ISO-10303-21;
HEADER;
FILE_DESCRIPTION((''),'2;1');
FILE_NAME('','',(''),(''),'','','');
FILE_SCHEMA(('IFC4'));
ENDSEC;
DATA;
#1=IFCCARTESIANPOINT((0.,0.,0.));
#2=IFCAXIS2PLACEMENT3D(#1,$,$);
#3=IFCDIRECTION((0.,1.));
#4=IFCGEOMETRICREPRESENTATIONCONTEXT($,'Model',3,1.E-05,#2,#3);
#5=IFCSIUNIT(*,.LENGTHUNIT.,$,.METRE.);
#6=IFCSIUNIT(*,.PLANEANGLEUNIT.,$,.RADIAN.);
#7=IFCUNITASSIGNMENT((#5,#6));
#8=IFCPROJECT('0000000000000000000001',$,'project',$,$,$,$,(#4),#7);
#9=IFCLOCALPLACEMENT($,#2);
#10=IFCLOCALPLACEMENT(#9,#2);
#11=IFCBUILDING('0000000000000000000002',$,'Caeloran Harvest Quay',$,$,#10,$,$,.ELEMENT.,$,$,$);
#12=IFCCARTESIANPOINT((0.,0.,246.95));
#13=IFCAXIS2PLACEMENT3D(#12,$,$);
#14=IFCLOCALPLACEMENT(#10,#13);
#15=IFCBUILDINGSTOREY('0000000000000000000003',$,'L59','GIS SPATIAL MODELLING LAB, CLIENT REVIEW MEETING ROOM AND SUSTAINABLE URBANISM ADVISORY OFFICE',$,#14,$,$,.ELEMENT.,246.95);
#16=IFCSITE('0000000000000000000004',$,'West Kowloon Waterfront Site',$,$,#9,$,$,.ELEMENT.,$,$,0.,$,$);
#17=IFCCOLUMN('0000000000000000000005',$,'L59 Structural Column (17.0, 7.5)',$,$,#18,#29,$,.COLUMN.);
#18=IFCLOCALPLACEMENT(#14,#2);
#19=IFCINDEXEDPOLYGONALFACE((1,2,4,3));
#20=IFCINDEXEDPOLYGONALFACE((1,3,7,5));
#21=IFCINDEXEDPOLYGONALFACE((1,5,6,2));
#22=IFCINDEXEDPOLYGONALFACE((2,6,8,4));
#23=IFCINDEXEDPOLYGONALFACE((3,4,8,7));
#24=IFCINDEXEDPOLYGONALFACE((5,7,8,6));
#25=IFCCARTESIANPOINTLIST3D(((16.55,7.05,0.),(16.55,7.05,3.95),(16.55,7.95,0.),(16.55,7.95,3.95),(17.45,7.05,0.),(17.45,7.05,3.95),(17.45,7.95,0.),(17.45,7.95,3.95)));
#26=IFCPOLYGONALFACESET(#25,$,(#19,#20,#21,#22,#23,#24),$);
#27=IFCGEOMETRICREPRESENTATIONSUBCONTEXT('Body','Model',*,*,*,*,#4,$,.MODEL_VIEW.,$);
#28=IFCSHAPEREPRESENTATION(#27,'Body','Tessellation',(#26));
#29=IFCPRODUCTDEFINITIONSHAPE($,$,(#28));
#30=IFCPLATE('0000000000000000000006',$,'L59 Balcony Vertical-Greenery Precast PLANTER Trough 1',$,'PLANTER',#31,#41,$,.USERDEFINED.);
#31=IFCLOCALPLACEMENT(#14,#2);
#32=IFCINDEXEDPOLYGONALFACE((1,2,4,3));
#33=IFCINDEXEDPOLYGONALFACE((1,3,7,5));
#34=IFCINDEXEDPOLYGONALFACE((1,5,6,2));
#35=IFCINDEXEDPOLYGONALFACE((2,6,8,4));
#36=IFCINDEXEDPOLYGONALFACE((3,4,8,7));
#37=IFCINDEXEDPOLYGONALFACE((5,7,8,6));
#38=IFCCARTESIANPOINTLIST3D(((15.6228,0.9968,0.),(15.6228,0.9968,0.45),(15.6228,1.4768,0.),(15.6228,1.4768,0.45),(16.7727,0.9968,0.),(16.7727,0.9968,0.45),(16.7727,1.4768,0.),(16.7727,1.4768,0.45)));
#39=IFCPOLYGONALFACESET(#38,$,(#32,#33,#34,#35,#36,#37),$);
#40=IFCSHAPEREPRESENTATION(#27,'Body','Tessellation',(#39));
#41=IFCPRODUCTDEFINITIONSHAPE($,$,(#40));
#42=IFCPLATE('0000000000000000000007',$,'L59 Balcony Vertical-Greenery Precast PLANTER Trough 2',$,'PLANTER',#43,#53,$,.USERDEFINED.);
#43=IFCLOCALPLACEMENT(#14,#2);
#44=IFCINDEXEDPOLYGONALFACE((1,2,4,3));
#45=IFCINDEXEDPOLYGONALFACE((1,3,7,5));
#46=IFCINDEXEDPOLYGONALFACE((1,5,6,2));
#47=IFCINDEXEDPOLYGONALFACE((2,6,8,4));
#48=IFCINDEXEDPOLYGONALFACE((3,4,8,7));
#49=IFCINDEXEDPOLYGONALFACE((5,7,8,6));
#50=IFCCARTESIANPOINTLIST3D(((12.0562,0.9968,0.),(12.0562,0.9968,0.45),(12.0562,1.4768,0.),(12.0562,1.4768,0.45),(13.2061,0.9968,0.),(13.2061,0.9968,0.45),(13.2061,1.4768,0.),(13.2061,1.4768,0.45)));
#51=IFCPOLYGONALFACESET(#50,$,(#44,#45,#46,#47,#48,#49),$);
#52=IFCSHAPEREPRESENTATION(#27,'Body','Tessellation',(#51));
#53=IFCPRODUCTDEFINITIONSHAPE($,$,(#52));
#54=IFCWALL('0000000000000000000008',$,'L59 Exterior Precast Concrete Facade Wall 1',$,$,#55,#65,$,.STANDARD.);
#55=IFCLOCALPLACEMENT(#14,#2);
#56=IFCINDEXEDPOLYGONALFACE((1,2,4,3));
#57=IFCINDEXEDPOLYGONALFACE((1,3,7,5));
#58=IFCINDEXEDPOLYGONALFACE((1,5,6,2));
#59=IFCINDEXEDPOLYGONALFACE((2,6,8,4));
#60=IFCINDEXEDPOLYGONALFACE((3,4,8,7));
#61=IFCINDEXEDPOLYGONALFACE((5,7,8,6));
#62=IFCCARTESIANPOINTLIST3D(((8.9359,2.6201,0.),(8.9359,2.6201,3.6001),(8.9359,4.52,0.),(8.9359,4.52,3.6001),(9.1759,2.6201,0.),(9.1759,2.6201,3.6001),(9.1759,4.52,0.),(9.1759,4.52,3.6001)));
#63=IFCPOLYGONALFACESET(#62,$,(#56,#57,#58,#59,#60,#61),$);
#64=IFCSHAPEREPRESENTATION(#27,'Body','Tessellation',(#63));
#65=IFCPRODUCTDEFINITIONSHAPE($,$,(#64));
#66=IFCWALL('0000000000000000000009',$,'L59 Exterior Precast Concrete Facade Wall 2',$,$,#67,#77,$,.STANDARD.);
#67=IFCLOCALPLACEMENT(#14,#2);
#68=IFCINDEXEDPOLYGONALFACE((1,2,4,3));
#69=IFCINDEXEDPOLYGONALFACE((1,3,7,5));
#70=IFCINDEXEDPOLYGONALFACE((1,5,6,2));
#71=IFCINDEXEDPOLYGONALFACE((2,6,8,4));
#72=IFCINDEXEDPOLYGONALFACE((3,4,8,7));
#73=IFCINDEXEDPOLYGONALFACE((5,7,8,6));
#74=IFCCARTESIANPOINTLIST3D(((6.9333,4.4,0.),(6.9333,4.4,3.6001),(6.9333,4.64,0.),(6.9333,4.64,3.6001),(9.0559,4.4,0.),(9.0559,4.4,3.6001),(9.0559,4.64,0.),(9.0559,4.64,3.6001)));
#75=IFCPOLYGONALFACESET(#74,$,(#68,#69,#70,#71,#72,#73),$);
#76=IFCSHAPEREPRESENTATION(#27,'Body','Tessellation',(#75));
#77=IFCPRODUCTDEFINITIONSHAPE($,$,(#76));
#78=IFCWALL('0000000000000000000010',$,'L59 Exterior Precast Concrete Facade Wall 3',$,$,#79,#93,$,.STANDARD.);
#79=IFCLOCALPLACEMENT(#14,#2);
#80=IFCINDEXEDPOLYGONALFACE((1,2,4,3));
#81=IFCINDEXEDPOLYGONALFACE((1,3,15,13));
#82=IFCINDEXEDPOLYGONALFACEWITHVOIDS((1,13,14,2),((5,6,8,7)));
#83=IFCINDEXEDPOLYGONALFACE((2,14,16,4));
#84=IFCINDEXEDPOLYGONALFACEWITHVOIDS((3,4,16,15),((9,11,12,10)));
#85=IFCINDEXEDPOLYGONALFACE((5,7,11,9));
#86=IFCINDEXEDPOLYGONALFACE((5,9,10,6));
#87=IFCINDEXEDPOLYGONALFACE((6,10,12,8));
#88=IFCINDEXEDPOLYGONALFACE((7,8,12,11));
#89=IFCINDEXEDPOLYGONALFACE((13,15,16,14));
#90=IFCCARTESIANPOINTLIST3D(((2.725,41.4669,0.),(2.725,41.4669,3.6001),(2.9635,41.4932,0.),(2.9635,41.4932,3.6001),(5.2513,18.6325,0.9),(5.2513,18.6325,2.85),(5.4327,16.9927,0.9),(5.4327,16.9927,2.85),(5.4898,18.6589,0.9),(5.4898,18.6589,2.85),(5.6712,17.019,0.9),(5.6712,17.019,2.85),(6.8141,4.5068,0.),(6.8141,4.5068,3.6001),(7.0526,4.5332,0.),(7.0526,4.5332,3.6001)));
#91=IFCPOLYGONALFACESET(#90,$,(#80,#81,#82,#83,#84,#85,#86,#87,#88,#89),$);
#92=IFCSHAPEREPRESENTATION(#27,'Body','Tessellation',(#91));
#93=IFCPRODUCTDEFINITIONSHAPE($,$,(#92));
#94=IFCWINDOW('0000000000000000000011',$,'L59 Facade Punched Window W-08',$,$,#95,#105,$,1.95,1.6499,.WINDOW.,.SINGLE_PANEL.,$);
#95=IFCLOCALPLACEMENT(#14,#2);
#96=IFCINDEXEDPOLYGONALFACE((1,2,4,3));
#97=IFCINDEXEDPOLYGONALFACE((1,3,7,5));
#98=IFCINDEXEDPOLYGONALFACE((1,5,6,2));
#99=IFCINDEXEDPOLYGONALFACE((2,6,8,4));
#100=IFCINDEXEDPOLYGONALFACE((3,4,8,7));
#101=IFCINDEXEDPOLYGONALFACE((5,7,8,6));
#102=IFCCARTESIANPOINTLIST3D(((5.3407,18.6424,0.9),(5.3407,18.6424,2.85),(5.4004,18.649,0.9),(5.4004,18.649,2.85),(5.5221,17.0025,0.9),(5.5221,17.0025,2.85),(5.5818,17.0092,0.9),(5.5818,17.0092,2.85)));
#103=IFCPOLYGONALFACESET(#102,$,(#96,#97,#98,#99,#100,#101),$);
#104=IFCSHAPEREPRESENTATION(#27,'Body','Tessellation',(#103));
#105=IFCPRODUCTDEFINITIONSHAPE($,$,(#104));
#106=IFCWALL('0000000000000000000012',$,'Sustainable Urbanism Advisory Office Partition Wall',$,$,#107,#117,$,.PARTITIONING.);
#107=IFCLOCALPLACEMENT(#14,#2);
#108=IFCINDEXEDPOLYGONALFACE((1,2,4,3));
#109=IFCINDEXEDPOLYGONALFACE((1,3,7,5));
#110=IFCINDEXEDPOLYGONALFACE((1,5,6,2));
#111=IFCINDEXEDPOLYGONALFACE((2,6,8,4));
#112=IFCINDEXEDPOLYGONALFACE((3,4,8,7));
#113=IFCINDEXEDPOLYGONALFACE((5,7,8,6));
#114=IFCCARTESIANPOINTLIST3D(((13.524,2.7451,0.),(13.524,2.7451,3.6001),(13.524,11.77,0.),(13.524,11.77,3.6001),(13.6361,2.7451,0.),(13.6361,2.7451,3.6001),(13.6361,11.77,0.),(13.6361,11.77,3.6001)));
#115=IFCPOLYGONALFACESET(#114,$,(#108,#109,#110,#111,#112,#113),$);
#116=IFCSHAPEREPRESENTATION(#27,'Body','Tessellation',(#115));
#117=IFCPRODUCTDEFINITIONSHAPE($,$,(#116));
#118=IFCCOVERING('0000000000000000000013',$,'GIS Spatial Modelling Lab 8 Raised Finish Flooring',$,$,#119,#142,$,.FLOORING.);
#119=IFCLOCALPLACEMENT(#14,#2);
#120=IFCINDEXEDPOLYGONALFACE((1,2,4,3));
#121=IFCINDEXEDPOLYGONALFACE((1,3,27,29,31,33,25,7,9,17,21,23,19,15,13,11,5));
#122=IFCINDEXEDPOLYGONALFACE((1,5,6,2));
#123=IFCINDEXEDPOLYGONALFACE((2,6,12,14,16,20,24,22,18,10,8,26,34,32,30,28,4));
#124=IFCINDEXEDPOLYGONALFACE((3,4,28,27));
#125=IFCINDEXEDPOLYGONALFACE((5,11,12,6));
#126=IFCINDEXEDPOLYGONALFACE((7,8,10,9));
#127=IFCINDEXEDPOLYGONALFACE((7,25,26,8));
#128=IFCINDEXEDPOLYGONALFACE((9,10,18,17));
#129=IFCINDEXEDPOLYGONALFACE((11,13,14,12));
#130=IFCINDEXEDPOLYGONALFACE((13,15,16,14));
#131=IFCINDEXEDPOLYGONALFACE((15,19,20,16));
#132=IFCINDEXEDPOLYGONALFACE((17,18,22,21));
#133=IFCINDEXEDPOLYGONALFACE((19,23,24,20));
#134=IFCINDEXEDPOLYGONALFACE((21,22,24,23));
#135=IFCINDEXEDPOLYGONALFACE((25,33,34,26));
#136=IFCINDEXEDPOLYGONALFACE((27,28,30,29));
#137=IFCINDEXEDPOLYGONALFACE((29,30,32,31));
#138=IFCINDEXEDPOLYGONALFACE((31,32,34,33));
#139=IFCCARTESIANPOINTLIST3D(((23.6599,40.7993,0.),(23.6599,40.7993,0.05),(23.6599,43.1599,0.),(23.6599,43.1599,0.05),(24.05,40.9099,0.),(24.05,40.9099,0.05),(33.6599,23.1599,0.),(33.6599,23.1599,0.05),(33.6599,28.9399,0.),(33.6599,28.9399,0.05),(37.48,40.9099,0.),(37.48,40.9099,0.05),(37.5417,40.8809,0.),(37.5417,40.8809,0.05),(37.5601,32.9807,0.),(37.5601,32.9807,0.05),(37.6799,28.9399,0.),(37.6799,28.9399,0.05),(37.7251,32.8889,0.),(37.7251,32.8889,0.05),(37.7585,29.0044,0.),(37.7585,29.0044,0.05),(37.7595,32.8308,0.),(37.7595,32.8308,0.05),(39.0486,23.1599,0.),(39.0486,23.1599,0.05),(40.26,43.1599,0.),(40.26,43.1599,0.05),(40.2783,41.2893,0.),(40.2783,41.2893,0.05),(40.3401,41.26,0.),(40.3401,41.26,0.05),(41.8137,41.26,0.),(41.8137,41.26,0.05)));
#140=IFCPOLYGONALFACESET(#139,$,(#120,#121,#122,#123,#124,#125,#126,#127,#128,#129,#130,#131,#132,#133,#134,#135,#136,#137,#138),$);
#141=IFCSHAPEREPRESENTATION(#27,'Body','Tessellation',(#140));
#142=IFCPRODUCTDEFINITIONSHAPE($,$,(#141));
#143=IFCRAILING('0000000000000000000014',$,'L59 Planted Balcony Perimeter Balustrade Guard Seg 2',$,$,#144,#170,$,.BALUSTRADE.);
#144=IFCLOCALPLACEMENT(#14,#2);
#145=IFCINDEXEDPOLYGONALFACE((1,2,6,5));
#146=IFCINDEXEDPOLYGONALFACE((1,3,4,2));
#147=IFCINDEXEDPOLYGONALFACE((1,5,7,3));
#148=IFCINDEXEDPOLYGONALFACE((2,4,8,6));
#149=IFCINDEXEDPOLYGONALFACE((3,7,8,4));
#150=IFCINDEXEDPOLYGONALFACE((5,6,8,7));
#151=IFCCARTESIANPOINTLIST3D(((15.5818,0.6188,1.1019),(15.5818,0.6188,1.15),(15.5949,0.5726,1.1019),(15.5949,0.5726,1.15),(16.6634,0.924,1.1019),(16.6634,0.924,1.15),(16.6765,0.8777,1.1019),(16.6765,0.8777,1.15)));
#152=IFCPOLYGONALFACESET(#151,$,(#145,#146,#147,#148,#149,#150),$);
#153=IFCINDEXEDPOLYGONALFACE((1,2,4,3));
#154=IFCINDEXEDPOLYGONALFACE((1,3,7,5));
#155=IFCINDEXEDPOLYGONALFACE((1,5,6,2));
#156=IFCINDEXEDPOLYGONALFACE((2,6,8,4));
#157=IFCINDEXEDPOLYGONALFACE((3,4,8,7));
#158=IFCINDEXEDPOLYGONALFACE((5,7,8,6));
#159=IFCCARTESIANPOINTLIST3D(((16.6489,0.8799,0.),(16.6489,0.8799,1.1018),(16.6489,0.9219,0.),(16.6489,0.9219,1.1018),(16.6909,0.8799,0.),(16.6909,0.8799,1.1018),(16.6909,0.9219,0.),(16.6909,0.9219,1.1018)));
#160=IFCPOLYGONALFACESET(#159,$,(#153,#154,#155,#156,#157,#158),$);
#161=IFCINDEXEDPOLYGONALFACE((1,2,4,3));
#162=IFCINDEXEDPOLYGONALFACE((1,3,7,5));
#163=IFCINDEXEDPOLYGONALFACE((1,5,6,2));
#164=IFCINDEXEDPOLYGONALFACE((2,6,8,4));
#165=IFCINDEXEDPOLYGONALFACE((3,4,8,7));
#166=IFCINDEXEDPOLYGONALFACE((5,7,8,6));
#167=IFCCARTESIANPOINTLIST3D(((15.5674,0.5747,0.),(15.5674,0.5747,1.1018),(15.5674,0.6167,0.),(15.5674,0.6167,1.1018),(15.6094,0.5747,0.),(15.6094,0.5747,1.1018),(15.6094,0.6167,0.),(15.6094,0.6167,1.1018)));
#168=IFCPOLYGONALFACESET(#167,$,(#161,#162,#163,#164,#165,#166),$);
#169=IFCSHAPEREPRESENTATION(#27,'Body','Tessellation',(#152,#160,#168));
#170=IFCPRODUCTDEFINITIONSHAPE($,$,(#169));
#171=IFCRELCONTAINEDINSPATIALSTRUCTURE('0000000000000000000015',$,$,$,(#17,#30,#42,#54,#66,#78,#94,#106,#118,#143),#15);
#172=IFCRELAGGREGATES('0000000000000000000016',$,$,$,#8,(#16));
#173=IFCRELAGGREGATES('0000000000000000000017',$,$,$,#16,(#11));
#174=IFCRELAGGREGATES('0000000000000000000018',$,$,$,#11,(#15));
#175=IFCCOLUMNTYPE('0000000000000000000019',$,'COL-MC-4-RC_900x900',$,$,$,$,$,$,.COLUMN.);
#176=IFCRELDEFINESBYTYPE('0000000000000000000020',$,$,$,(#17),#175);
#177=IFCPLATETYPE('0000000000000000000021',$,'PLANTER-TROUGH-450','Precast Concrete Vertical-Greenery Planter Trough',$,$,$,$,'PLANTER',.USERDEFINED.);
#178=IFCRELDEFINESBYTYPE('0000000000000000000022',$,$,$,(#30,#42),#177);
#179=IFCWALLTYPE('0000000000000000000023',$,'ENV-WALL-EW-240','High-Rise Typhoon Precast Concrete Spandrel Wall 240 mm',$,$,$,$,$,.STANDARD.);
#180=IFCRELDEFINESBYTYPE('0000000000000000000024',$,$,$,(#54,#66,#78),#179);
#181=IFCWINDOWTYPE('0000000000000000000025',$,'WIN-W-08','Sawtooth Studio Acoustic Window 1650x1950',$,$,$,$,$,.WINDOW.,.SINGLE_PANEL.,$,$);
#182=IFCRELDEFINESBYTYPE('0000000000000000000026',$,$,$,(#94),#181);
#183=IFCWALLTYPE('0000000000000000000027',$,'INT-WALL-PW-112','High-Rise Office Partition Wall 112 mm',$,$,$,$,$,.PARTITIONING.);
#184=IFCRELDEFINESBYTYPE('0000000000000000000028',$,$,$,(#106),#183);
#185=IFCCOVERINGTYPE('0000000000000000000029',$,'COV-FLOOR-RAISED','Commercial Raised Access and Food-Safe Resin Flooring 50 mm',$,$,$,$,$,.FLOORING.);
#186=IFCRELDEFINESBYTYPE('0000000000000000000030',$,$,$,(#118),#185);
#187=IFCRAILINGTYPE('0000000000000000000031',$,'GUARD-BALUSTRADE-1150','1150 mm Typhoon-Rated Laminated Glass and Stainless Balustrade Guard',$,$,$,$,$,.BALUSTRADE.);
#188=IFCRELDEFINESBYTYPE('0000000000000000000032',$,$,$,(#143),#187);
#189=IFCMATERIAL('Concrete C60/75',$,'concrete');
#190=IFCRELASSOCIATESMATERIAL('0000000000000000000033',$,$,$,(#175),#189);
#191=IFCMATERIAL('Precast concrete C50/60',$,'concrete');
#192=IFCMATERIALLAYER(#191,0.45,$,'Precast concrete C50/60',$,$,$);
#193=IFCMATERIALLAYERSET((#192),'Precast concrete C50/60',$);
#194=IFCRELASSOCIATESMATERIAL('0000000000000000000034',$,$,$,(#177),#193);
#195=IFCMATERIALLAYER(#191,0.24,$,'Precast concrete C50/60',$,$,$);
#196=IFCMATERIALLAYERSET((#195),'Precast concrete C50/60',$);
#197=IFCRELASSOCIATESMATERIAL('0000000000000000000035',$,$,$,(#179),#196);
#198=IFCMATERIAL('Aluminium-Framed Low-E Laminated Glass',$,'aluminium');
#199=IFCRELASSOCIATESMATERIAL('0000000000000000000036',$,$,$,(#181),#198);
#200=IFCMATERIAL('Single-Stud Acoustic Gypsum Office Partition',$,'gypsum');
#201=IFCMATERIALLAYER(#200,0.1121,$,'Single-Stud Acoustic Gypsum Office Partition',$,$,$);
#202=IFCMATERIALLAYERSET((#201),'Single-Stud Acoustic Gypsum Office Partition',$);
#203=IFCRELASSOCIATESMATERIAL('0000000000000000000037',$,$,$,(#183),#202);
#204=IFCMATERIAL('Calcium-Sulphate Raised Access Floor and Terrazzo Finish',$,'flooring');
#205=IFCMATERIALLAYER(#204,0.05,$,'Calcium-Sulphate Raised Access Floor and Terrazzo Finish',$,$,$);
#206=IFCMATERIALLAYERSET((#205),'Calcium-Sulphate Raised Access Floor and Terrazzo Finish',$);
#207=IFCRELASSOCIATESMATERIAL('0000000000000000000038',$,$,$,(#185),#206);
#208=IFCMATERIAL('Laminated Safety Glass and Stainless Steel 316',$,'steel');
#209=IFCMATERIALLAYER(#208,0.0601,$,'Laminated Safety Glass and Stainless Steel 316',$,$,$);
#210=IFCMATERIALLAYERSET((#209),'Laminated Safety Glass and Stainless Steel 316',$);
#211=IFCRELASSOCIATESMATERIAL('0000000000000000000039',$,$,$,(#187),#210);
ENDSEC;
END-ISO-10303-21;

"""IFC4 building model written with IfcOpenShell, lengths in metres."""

from ifc_helpers import new_model, si_unit, direction, frame, frame_2d, origin, origin_2d, place, context, subcontext, project, spatial, polyline, rectangle, outline, extrude, material, layer, layer_set, material_profile, profile_set, type_object, element, fill, save


model = new_model("IFC4")

# Units and contexts
model_context = context("Model", 3, precision=1e-05, world=origin(), true_north=direction((0.0, 1.0)))
body_context = subcontext(model_context, "Body", "Model", "MODEL_VIEW")
ifc_project = project(units=[si_unit("LENGTHUNIT", "METRE"), si_unit("PLANEANGLEUNIT", "RADIAN")], contexts=[model_context])

# Site, building, storey
site_placement = place(None, origin())
site = spatial("IfcSite", under=ifc_project, at=site_placement, Name="West Kowloon Waterfront Site", CompositionType="ELEMENT", RefElevation=0.0)
building_placement = place(site_placement, origin())
building = spatial("IfcBuilding", under=site, at=building_placement, Name="Caeloran Harvest Quay", CompositionType="ELEMENT")
storey_placement = place(building_placement, frame((0.0, 0.0, 246.95)))
storey = spatial("IfcBuildingStorey", under=building, at=storey_placement, Name="L59", Description="GIS SPATIAL MODELLING LAB, CLIENT REVIEW MEETING ROOM AND SUSTAINABLE URBANISM ADVISORY OFFICE", CompositionType="ELEMENT", Elevation=246.95)

# Column
ifc_material_1 = material(Name="Concrete C60/75", Category="concrete")
ifc_material_profile = material_profile(ifc_material_1, rectangle(XDim=0.8999, YDim=0.8999, at=origin_2d()), Name="RC 900x900")
ifc_profile_set = profile_set([ifc_material_profile], Name="Concrete C60/75")
column_type = type_object("IfcColumnType", Name="COL-MC-4-RC_900x900", PredefinedType="COLUMN", material=ifc_profile_set)
column_placement = place(storey_placement, frame((17.0, 7.5, 0.0), z_axis=(0.0, 0.0, 1.0), x_axis=(1.0, 0.0, 0.0)))
element("IfcColumn", 1, at=column_placement, inside=storey, type_object=column_type, Name="L59 Structural Column (17.0, 7.5)", PredefinedType="COLUMN", context=body_context, shape_type="SweptSolid", body=[
    extrude(rectangle(XDim=0.8999, YDim=0.8999, at=origin_2d()), origin(), (0.0, 0.0, 1.0), 3.95),
])

# Plates
ifc_material_2 = material(Name="Precast concrete C50/60", Category="concrete")
ifc_layer_1 = layer(ifc_material_2, 0.45, Name="Precast concrete C50/60")
ifc_layer_set_1 = layer_set([ifc_layer_1], Name="Precast concrete C50/60")
plate_type = type_object("IfcPlateType", Name="PLANTER-TROUGH-450", Description="Precast Concrete Vertical-Greenery Planter Trough", ElementType="PLANTER", PredefinedType="USERDEFINED", material=ifc_layer_set_1)
for number, where, z_axis, x_axis, name in (
    (2, (16.1978, 1.2368, 0.0), (0.0, 0.0, 1.0), (1.0, 0.0, 0.0), "L59 Balcony Vertical-Greenery Precast PLANTER Trough 1"),
    (3, (12.6311, 1.2368, 0.0), (0.0, 0.0, 1.0), (1.0, 0.0, 0.0), "L59 Balcony Vertical-Greenery Precast PLANTER Trough 2"),
):
    element("IfcPlate", number, at=place(storey_placement, frame(where, z_axis=z_axis, x_axis=x_axis)), inside=storey, type_object=plate_type, Name=name, ObjectType="PLANTER", PredefinedType="USERDEFINED", context=body_context, shape_type="SweptSolid", body=[
        extrude(rectangle(XDim=1.1499, YDim=0.48, at=origin_2d()), origin(), (0.0, 0.0, 1.0), 0.45),
    ])

# Walls
ifc_layer_2 = layer(ifc_material_2, 0.24, Name="Precast concrete C50/60")
ifc_layer_set_2 = layer_set([ifc_layer_2], Name="Precast concrete C50/60")
wall_type_1 = type_object("IfcWallType", Name="ENV-WALL-EW-240", Description="High-Rise Typhoon Precast Concrete Spandrel Wall 240 mm", PredefinedType="STANDARD", material=ifc_layer_set_2)
wall_1_placement = place(storey_placement, frame((9.0559, 2.6201, 0.0), z_axis=(0.0, 0.0, 1.0), x_axis=(0.0, 1.0, 0.0)))
element("IfcWall", 4, at=wall_1_placement, inside=storey, type_object=wall_type_1, Name="L59 Exterior Precast Concrete Facade Wall 1", PredefinedType="STANDARD", context=body_context, shape_type="SweptSolid", body=[
    extrude(rectangle(XDim=1.8999, YDim=0.24, at=frame_2d((0.95, 0.0))), origin(), (0.0, 0.0, 1.0), 3.6001),
])
wall_2_placement = place(storey_placement, frame((9.0559, 4.52, 0.0), z_axis=(0.0, 0.0, 1.0), x_axis=(-1.0, 0.0, 0.0)))
element("IfcWall", 5, at=wall_2_placement, inside=storey, type_object=wall_type_1, Name="L59 Exterior Precast Concrete Facade Wall 2", PredefinedType="STANDARD", context=body_context, shape_type="SweptSolid", body=[
    extrude(rectangle(XDim=2.1226, YDim=0.24, at=frame_2d((1.0613, 0.0))), origin(), (0.0, 0.0, 1.0), 3.6001),
])

# Wall, opening, window
wall_3_placement = place(storey_placement, frame((6.9333, 4.52, 0.0), z_axis=(0.0, 0.0, 1.0), x_axis=(-0.109965, 0.993935, 0.0)))
wall_3 = element("IfcWall", 6, at=wall_3_placement, inside=storey, type_object=wall_type_1, Name="L59 Exterior Precast Concrete Facade Wall 3", PredefinedType="STANDARD", context=body_context, shape_type="SweptSolid", body=[
    extrude(rectangle(XDim=37.1855, YDim=0.24, at=frame_2d((18.5928, 0.0))), origin(), (0.0, 0.0, 1.0), 3.6001),
])
opening_placement = place(wall_3_placement, frame((12.562, 0.0, 0.8999)))
opening = element("IfcOpeningElement", 7, at=opening_placement, cuts=wall_3, PredefinedType="OPENING", context=body_context, shape_type="SweptSolid", body=[
    extrude(rectangle(XDim=1.6499, YDim=1.95, at=frame_2d((0.825, 0.9751))), frame((0.0, 0.1299, 0.0), z_axis=(0.0, -1.0, 0.0), x_axis=(1.0, 0.0, 0.0)), (0.0, 0.0, 1.0), 0.26),
])
ifc_material_3 = material(Name="Aluminium-Framed Low-E Laminated Glass", Category="aluminium")
window_type = type_object("IfcWindowType", Name="WIN-W-08", Description="Sawtooth Studio Acoustic Window 1650x1950", PartitioningType="SINGLE_PANEL", PredefinedType="WINDOW", material=ifc_material_3)
window_placement = place(opening_placement, origin())
window = element("IfcWindow", 8, at=window_placement, inside=storey, type_object=window_type, Name="L59 Facade Punched Window W-08", OverallHeight=1.95, OverallWidth=1.6499, PartitioningType="SINGLE_PANEL", PredefinedType="WINDOW", context=body_context, shape_type="SweptSolid", body=[
    extrude(rectangle(XDim=1.6499, YDim=1.95, at=frame_2d((0.825, 0.9751))), frame((0.0, 0.03, 0.0), z_axis=(0.0, -1.0, 0.0), x_axis=(1.0, 0.0, 0.0)), (0.0, 0.0, 1.0), 0.0601),
])
fill(opening, window)

# Wall
ifc_material_4 = material(Name="Single-Stud Acoustic Gypsum Office Partition", Category="gypsum")
ifc_layer_3 = layer(ifc_material_4, 0.1121, Name="Single-Stud Acoustic Gypsum Office Partition")
ifc_layer_set_3 = layer_set([ifc_layer_3], Name="Single-Stud Acoustic Gypsum Office Partition")
wall_type_2 = type_object("IfcWallType", Name="INT-WALL-PW-112", Description="High-Rise Office Partition Wall 112 mm", PredefinedType="PARTITIONING", material=ifc_layer_set_3)
wall_4_placement = place(storey_placement, frame((13.5801, 2.7451, 0.0), z_axis=(0.0, 0.0, 1.0), x_axis=(0.0, 1.0, 0.0)))
element("IfcWall", 9, at=wall_4_placement, inside=storey, type_object=wall_type_2, Name="Sustainable Urbanism Advisory Office Partition Wall", PredefinedType="PARTITIONING", context=body_context, shape_type="SweptSolid", body=[
    extrude(rectangle(XDim=9.0249, YDim=0.1121, at=frame_2d((4.5125, 0.0))), origin(), (0.0, 0.0, 1.0), 3.6001),
])

# Covering
ifc_material_5 = material(Name="Calcium-Sulphate Raised Access Floor and Terrazzo Finish", Category="flooring")
ifc_layer_4 = layer(ifc_material_5, 0.05, Name="Calcium-Sulphate Raised Access Floor and Terrazzo Finish")
ifc_layer_set_4 = layer_set([ifc_layer_4], Name="Calcium-Sulphate Raised Access Floor and Terrazzo Finish")
covering_type = type_object("IfcCoveringType", Name="COV-FLOOR-RAISED", Description="Commercial Raised Access and Food-Safe Resin Flooring 50 mm", PredefinedType="FLOORING", material=ifc_layer_set_4)
covering_placement = place(storey_placement, origin())
element("IfcCovering", 10, at=covering_placement, inside=storey, type_object=covering_type, Name="GIS Spatial Modelling Lab 8 Raised Finish Flooring", PredefinedType="FLOORING", context=body_context, shape_type="SweptSolid", body=[
    extrude(outline(polyline([(23.6599, 40.7993), (23.6599, 43.1599), (40.26, 43.1599), (40.2783, 41.2893), (40.3401, 41.26), (41.8137, 41.26), (39.0486, 23.1599), (33.6599, 23.1599), (33.6599, 28.9399), (37.6799, 28.9399), (37.7585, 29.0044), (37.7595, 32.8308), (37.7251, 32.8889), (37.5601, 32.9807), (37.5417, 40.8809), (37.48, 40.9099), (24.05, 40.9099), (23.6599, 40.7993)])), origin(), (0.0, 0.0, 1.0), 0.05),
])

# Railing
ifc_material_6 = material(Name="Laminated Safety Glass and Stainless Steel 316", Category="steel")
ifc_layer_5 = layer(ifc_material_6, 0.0601, Name="Laminated Safety Glass and Stainless Steel 316")
ifc_layer_set_5 = layer_set([ifc_layer_5], Name="Laminated Safety Glass and Stainless Steel 316")
railing_type = type_object("IfcRailingType", Name="GUARD-BALUSTRADE-1150", Description="1150 mm Typhoon-Rated Laminated Glass and Stainless Balustrade Guard", PredefinedType="BALUSTRADE", material=ifc_layer_set_5)
railing_1_placement = place(storey_placement, frame((16.6699, 0.9009, 0.0)))
element("IfcRailing", 11, at=railing_1_placement, inside=storey, type_object=railing_type, Name="L59 Planted Balcony Perimeter Balustrade Guard Seg 2", PredefinedType="BALUSTRADE", context=body_context, shape_type="SweptSolid", body=[
    extrude(rectangle(XDim=0.0481, YDim=0.0481, at=origin_2d()), frame((0.0, 0.0, 1.126), z_axis=(-0.962421, -0.271563, 0.0), x_axis=(0.271563, -0.962421, 0.0)), (0.0, 0.0, 1.0), 1.1238),
    extrude(rectangle(XDim=0.042, YDim=0.042, at=origin_2d()), origin(), (0.0, 0.0, 1.0), 1.1018),
    extrude(rectangle(XDim=0.042, YDim=0.042, at=origin_2d()), frame((-1.0815, -0.3052, 0.0)), (0.0, 0.0, 1.0), 1.1018),
])

save(model, "model.ifc")
